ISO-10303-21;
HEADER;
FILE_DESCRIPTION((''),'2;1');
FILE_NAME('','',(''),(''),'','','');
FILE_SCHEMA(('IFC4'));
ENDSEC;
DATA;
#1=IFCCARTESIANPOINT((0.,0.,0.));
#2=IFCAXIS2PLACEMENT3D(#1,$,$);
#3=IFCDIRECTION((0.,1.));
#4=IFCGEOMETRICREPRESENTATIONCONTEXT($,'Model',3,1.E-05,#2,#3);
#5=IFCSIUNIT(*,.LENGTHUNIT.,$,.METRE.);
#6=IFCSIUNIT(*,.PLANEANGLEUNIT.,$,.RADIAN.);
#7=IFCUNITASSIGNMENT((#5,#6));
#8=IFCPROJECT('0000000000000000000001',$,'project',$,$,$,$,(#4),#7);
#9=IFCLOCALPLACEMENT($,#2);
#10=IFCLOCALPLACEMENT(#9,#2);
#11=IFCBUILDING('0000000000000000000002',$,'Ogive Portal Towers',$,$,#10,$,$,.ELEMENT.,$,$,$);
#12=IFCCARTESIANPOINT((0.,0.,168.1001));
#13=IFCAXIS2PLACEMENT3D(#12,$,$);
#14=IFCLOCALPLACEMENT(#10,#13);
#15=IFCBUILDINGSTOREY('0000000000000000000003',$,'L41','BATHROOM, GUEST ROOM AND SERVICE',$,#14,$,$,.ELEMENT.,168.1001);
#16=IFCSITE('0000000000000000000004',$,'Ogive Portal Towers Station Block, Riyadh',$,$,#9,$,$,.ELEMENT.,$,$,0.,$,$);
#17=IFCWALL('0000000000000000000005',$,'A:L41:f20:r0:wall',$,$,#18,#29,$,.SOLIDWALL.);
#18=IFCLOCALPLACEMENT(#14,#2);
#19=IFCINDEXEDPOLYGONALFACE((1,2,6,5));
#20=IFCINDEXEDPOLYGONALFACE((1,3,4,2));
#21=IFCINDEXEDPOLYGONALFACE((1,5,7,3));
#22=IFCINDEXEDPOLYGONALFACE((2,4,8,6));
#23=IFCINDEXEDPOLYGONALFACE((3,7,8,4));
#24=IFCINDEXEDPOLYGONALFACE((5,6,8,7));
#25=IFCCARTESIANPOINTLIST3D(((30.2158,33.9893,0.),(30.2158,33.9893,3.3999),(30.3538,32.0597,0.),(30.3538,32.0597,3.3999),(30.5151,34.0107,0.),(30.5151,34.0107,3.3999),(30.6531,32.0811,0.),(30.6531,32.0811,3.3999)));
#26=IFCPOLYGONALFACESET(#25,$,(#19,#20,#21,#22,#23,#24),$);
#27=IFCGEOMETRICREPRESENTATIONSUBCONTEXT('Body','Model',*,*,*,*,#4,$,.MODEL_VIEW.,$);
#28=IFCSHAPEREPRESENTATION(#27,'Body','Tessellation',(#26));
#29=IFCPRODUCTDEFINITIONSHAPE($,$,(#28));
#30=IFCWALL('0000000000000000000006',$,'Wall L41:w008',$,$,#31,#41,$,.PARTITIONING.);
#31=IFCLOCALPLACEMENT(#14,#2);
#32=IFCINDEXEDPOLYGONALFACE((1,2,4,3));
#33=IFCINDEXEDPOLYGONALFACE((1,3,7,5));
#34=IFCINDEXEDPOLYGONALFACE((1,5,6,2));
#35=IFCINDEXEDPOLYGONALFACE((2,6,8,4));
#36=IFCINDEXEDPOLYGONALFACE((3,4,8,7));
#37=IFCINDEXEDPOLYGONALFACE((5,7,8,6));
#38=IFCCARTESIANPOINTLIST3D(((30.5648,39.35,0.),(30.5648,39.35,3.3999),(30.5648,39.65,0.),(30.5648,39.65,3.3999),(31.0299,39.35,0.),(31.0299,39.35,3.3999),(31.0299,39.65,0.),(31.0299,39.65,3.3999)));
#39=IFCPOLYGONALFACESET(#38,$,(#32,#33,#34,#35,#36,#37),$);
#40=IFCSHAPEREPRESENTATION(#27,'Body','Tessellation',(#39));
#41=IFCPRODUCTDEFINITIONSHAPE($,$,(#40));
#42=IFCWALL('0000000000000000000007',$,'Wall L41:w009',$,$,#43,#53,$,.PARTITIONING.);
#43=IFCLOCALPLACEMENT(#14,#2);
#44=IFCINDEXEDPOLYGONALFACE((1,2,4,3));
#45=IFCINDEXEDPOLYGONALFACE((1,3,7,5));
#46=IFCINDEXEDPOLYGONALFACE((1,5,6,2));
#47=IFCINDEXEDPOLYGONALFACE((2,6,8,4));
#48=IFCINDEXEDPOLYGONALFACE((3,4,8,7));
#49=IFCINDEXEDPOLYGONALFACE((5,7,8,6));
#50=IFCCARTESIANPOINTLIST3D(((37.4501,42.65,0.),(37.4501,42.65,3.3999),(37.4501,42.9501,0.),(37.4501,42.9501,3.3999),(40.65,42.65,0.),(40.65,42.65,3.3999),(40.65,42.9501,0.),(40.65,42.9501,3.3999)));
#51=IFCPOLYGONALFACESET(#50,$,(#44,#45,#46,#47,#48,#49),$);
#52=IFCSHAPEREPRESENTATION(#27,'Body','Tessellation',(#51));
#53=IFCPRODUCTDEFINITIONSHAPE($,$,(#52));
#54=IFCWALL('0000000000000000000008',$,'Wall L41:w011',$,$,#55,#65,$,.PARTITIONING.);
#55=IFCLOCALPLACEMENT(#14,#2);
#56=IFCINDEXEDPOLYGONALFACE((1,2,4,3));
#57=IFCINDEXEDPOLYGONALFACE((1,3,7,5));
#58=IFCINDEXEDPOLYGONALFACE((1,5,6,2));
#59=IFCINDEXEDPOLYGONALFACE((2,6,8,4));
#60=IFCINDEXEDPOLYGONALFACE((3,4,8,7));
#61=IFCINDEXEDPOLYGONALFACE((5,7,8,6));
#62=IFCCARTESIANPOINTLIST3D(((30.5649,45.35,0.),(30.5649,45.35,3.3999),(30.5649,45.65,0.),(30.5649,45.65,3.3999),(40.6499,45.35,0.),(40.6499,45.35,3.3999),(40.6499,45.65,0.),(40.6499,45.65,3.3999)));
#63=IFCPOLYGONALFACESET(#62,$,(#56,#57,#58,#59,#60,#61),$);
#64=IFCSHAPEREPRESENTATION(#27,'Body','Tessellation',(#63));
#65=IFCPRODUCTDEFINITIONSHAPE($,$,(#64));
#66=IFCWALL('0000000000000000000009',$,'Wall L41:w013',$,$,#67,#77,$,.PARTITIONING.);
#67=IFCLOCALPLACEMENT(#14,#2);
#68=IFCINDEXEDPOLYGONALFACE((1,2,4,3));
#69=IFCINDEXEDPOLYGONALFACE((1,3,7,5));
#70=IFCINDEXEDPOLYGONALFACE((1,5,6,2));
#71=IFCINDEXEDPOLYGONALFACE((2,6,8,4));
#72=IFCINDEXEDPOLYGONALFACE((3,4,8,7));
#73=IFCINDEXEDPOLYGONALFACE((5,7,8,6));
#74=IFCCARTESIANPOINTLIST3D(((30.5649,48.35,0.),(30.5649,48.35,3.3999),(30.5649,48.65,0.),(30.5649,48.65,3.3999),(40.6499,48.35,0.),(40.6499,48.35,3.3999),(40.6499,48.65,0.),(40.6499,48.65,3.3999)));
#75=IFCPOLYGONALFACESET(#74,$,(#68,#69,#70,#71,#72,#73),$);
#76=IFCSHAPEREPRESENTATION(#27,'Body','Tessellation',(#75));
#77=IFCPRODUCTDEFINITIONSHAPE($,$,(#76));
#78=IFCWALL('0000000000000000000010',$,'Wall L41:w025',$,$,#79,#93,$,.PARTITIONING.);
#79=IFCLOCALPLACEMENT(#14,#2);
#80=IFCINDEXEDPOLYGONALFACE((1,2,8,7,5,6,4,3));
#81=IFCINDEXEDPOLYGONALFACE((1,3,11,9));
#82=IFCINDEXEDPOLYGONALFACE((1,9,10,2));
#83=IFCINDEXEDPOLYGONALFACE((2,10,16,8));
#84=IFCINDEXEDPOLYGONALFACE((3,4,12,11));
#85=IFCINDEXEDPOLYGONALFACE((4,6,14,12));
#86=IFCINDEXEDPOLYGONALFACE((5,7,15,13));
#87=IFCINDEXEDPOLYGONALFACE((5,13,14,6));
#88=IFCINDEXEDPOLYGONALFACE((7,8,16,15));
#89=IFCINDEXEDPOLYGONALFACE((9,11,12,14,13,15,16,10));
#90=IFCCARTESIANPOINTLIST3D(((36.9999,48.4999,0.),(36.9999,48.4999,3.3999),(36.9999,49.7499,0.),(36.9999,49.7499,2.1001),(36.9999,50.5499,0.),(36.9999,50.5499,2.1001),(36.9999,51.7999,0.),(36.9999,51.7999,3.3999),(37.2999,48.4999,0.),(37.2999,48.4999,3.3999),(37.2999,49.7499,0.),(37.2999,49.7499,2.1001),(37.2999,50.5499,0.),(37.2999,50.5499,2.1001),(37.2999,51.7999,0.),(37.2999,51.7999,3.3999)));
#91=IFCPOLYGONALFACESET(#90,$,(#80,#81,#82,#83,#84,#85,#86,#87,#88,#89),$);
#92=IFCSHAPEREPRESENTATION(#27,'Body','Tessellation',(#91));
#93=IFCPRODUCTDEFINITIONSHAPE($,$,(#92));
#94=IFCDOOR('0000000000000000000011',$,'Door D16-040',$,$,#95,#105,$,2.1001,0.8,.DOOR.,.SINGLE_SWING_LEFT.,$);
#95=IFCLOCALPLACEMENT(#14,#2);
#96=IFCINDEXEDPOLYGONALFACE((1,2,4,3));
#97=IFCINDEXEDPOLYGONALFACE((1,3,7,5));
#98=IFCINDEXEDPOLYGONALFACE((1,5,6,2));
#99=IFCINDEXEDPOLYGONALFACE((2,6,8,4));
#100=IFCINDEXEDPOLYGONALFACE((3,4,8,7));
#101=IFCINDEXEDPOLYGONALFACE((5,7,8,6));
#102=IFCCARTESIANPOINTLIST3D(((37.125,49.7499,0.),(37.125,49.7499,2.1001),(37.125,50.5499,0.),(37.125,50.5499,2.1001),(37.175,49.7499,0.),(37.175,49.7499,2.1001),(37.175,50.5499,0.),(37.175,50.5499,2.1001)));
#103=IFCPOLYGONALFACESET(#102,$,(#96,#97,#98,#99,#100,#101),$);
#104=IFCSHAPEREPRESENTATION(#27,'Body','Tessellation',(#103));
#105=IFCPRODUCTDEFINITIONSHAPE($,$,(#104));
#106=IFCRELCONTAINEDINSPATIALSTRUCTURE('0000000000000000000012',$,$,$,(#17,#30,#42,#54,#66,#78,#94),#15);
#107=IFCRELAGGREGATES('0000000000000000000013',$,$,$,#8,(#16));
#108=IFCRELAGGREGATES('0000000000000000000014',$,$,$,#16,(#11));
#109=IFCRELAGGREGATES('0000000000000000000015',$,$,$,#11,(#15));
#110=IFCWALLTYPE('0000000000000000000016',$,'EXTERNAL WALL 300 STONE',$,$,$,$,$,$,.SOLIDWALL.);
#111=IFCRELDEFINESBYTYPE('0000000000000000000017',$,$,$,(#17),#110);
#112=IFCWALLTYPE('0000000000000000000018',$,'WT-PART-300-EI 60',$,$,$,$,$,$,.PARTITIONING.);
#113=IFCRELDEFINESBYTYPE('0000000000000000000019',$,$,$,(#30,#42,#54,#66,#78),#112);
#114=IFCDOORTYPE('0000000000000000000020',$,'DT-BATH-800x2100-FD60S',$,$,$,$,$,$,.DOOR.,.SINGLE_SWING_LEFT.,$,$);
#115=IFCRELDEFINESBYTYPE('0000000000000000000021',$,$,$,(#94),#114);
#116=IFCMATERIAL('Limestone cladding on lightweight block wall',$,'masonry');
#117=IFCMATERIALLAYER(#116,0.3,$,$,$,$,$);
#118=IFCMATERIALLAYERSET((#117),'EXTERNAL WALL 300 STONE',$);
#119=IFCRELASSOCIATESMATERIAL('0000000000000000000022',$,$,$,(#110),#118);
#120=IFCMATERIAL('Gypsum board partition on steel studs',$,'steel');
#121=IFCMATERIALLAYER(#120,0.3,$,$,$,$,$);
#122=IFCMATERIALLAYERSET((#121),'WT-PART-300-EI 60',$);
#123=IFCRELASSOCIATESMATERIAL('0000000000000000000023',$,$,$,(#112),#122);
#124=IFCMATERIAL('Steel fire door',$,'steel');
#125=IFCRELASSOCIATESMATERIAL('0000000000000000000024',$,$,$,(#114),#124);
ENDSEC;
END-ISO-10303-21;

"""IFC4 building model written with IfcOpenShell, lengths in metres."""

from ifc_helpers import new_model, si_unit, direction, frame, frame_2d, origin, place, context, subcontext, project, spatial, rectangle, extrude, material, layer, layer_set, type_object, element, fill, save


model = new_model("IFC4")

# Units and contexts
model_context = context("Model", 3, precision=1e-05, world=origin(), true_north=direction((0.0, 1.0)))
body_context = subcontext(model_context, "Body", "Model", "MODEL_VIEW")
ifc_project = project(units=[si_unit("LENGTHUNIT", "METRE"), si_unit("PLANEANGLEUNIT", "RADIAN")], contexts=[model_context])

# Site, building, storey
site_placement = place(None, origin())
site = spatial("IfcSite", under=ifc_project, at=site_placement, Name="Ogive Portal Towers Station Block, Riyadh", CompositionType="ELEMENT", RefElevation=0.0)
building_placement = place(site_placement, origin())
building = spatial("IfcBuilding", under=site, at=building_placement, Name="Ogive Portal Towers", CompositionType="ELEMENT")
storey_placement = place(building_placement, frame((0.0, 0.0, 168.1001)))
storey = spatial("IfcBuildingStorey", under=building, at=storey_placement, Name="L41", Description="BATHROOM, GUEST ROOM AND SERVICE", CompositionType="ELEMENT", Elevation=168.1001)

# Shared definitions
ifc_material_1 = material(Name="Steel fire door", Category="steel")

# Walls
ifc_material_2 = material(Name="Limestone cladding on lightweight block wall", Category="masonry")
ifc_layer_1 = layer(ifc_material_2, 0.3)
ifc_layer_set_1 = layer_set([ifc_layer_1], Name="EXTERNAL WALL 300 STONE")
wall_type_1 = type_object("IfcWallType", Name="EXTERNAL WALL 300 STONE", PredefinedType="SOLIDWALL", material=ifc_layer_set_1)
wall_1_placement = place(storey_placement, frame((30.3655, 34.0, 0.0), z_axis=(0.0, 0.0, 1.0), x_axis=(0.071301, -0.997455, 0.0)))
element("IfcWall", 1, at=wall_1_placement, inside=storey, type_object=wall_type_1, Name="A:L41:f20:r0:wall", PredefinedType="SOLIDWALL", context=body_context, shape_type="SweptSolid", body=[
    extrude(rectangle(XDim=1.9346, YDim=0.3, at=frame_2d((0.9673, 0.0))), origin(), (0.0, 0.0, 1.0), 3.3999),
])
ifc_material_3 = material(Name="Gypsum board partition on steel studs", Category="steel")
ifc_layer_2 = layer(ifc_material_3, 0.3)
ifc_layer_set_2 = layer_set([ifc_layer_2], Name="WT-PART-300-EI 60")
wall_type_2 = type_object("IfcWallType", Name="WT-PART-300-EI 60", PredefinedType="PARTITIONING", material=ifc_layer_set_2)
wall_2_placement = place(storey_placement, frame((30.5649, 39.5, 0.0), z_axis=(0.0, 0.0, 1.0), x_axis=(1.0, 0.0, 0.0)))
element("IfcWall", 2, at=wall_2_placement, inside=storey, type_object=wall_type_2, Name="Wall L41:w008", PredefinedType="PARTITIONING", context=body_context, shape_type="SweptSolid", body=[
    extrude(rectangle(XDim=0.4651, YDim=0.3, at=frame_2d((0.2324, 0.0))), origin(), (0.0, 0.0, 1.0), 3.3999),
])
wall_3_placement = place(storey_placement, frame((37.45, 42.8, 0.0), z_axis=(0.0, 0.0, 1.0), x_axis=(1.0, 0.0, 0.0)))
element("IfcWall", 3, at=wall_3_placement, inside=storey, type_object=wall_type_2, Name="Wall L41:w009", PredefinedType="PARTITIONING", context=body_context, shape_type="SweptSolid", body=[
    extrude(rectangle(XDim=3.2, YDim=0.3, at=frame_2d((1.6001, 0.0))), origin(), (0.0, 0.0, 1.0), 3.3999),
])
for number, where, z_axis, x_axis, name in (
    (4, (30.5649, 45.5, 0.0), (0.0, 0.0, 1.0), (1.0, 0.0, 0.0), "Wall L41:w011"),
    (5, (30.5649, 48.5, 0.0), (0.0, 0.0, 1.0), (1.0, 0.0, 0.0), "Wall L41:w013"),
):
    element("IfcWall", number, at=place(storey_placement, frame(where, z_axis=z_axis, x_axis=x_axis)), inside=storey, type_object=wall_type_2, Name=name, PredefinedType="PARTITIONING", context=body_context, shape_type="SweptSolid", body=[
        extrude(rectangle(XDim=10.085, YDim=0.3, at=frame_2d((5.0425, 0.0))), origin(), (0.0, 0.0, 1.0), 3.3999),
    ])

# Wall, opening, door
wall_4_placement = place(storey_placement, frame((37.1499, 48.5, 0.0), z_axis=(0.0, 0.0, 1.0), x_axis=(0.0, 1.0, 0.0)))
wall_4 = element("IfcWall", 6, at=wall_4_placement, inside=storey, type_object=wall_type_2, Name="Wall L41:w025", PredefinedType="PARTITIONING", context=body_context, shape_type="SweptSolid", body=[
    extrude(rectangle(XDim=3.3, YDim=0.3, at=frame_2d((1.6499, 0.0))), origin(), (0.0, 0.0, 1.0), 3.3999),
])
opening_1_placement = place(wall_4_placement, frame((1.25, 0.0, 0.0)))
opening_1 = element("IfcOpeningElement", 7, at=opening_1_placement, cuts=wall_4, PredefinedType="OPENING", context=body_context, shape_type="SweptSolid", body=[
    extrude(rectangle(XDim=0.8, YDim=2.1001, at=frame_2d((0.3999, 1.05))), frame((0.0, 0.1602, 0.0), z_axis=(0.0, -1.0, 0.0), x_axis=(1.0, 0.0, 0.0)), (0.0, 0.0, 1.0), 0.3201),
])
door_type_1 = type_object("IfcDoorType", Name="DT-BATH-800x2100-FD60S", OperationType="SINGLE_SWING_LEFT", PredefinedType="DOOR", material=ifc_material_1)
door_1_placement = place(opening_1_placement, origin())
door_1 = element("IfcDoor", 8, at=door_1_placement, inside=storey, type_object=door_type_1, Name="Door D16-040", OperationType="SINGLE_SWING_LEFT", OverallHeight=2.1001, OverallWidth=0.8, PredefinedType="DOOR", context=body_context, shape_type="SweptSolid", body=[
    extrude(rectangle(XDim=0.8, YDim=2.1001, at=frame_2d((0.3999, 1.05))), frame((0.0, 0.0249, 0.0), z_axis=(0.0, -1.0, 0.0), x_axis=(1.0, 0.0, 0.0)), (0.0, 0.0, 1.0), 0.05),
])
fill(opening_1, door_1)

save(model, "model.ifc")
